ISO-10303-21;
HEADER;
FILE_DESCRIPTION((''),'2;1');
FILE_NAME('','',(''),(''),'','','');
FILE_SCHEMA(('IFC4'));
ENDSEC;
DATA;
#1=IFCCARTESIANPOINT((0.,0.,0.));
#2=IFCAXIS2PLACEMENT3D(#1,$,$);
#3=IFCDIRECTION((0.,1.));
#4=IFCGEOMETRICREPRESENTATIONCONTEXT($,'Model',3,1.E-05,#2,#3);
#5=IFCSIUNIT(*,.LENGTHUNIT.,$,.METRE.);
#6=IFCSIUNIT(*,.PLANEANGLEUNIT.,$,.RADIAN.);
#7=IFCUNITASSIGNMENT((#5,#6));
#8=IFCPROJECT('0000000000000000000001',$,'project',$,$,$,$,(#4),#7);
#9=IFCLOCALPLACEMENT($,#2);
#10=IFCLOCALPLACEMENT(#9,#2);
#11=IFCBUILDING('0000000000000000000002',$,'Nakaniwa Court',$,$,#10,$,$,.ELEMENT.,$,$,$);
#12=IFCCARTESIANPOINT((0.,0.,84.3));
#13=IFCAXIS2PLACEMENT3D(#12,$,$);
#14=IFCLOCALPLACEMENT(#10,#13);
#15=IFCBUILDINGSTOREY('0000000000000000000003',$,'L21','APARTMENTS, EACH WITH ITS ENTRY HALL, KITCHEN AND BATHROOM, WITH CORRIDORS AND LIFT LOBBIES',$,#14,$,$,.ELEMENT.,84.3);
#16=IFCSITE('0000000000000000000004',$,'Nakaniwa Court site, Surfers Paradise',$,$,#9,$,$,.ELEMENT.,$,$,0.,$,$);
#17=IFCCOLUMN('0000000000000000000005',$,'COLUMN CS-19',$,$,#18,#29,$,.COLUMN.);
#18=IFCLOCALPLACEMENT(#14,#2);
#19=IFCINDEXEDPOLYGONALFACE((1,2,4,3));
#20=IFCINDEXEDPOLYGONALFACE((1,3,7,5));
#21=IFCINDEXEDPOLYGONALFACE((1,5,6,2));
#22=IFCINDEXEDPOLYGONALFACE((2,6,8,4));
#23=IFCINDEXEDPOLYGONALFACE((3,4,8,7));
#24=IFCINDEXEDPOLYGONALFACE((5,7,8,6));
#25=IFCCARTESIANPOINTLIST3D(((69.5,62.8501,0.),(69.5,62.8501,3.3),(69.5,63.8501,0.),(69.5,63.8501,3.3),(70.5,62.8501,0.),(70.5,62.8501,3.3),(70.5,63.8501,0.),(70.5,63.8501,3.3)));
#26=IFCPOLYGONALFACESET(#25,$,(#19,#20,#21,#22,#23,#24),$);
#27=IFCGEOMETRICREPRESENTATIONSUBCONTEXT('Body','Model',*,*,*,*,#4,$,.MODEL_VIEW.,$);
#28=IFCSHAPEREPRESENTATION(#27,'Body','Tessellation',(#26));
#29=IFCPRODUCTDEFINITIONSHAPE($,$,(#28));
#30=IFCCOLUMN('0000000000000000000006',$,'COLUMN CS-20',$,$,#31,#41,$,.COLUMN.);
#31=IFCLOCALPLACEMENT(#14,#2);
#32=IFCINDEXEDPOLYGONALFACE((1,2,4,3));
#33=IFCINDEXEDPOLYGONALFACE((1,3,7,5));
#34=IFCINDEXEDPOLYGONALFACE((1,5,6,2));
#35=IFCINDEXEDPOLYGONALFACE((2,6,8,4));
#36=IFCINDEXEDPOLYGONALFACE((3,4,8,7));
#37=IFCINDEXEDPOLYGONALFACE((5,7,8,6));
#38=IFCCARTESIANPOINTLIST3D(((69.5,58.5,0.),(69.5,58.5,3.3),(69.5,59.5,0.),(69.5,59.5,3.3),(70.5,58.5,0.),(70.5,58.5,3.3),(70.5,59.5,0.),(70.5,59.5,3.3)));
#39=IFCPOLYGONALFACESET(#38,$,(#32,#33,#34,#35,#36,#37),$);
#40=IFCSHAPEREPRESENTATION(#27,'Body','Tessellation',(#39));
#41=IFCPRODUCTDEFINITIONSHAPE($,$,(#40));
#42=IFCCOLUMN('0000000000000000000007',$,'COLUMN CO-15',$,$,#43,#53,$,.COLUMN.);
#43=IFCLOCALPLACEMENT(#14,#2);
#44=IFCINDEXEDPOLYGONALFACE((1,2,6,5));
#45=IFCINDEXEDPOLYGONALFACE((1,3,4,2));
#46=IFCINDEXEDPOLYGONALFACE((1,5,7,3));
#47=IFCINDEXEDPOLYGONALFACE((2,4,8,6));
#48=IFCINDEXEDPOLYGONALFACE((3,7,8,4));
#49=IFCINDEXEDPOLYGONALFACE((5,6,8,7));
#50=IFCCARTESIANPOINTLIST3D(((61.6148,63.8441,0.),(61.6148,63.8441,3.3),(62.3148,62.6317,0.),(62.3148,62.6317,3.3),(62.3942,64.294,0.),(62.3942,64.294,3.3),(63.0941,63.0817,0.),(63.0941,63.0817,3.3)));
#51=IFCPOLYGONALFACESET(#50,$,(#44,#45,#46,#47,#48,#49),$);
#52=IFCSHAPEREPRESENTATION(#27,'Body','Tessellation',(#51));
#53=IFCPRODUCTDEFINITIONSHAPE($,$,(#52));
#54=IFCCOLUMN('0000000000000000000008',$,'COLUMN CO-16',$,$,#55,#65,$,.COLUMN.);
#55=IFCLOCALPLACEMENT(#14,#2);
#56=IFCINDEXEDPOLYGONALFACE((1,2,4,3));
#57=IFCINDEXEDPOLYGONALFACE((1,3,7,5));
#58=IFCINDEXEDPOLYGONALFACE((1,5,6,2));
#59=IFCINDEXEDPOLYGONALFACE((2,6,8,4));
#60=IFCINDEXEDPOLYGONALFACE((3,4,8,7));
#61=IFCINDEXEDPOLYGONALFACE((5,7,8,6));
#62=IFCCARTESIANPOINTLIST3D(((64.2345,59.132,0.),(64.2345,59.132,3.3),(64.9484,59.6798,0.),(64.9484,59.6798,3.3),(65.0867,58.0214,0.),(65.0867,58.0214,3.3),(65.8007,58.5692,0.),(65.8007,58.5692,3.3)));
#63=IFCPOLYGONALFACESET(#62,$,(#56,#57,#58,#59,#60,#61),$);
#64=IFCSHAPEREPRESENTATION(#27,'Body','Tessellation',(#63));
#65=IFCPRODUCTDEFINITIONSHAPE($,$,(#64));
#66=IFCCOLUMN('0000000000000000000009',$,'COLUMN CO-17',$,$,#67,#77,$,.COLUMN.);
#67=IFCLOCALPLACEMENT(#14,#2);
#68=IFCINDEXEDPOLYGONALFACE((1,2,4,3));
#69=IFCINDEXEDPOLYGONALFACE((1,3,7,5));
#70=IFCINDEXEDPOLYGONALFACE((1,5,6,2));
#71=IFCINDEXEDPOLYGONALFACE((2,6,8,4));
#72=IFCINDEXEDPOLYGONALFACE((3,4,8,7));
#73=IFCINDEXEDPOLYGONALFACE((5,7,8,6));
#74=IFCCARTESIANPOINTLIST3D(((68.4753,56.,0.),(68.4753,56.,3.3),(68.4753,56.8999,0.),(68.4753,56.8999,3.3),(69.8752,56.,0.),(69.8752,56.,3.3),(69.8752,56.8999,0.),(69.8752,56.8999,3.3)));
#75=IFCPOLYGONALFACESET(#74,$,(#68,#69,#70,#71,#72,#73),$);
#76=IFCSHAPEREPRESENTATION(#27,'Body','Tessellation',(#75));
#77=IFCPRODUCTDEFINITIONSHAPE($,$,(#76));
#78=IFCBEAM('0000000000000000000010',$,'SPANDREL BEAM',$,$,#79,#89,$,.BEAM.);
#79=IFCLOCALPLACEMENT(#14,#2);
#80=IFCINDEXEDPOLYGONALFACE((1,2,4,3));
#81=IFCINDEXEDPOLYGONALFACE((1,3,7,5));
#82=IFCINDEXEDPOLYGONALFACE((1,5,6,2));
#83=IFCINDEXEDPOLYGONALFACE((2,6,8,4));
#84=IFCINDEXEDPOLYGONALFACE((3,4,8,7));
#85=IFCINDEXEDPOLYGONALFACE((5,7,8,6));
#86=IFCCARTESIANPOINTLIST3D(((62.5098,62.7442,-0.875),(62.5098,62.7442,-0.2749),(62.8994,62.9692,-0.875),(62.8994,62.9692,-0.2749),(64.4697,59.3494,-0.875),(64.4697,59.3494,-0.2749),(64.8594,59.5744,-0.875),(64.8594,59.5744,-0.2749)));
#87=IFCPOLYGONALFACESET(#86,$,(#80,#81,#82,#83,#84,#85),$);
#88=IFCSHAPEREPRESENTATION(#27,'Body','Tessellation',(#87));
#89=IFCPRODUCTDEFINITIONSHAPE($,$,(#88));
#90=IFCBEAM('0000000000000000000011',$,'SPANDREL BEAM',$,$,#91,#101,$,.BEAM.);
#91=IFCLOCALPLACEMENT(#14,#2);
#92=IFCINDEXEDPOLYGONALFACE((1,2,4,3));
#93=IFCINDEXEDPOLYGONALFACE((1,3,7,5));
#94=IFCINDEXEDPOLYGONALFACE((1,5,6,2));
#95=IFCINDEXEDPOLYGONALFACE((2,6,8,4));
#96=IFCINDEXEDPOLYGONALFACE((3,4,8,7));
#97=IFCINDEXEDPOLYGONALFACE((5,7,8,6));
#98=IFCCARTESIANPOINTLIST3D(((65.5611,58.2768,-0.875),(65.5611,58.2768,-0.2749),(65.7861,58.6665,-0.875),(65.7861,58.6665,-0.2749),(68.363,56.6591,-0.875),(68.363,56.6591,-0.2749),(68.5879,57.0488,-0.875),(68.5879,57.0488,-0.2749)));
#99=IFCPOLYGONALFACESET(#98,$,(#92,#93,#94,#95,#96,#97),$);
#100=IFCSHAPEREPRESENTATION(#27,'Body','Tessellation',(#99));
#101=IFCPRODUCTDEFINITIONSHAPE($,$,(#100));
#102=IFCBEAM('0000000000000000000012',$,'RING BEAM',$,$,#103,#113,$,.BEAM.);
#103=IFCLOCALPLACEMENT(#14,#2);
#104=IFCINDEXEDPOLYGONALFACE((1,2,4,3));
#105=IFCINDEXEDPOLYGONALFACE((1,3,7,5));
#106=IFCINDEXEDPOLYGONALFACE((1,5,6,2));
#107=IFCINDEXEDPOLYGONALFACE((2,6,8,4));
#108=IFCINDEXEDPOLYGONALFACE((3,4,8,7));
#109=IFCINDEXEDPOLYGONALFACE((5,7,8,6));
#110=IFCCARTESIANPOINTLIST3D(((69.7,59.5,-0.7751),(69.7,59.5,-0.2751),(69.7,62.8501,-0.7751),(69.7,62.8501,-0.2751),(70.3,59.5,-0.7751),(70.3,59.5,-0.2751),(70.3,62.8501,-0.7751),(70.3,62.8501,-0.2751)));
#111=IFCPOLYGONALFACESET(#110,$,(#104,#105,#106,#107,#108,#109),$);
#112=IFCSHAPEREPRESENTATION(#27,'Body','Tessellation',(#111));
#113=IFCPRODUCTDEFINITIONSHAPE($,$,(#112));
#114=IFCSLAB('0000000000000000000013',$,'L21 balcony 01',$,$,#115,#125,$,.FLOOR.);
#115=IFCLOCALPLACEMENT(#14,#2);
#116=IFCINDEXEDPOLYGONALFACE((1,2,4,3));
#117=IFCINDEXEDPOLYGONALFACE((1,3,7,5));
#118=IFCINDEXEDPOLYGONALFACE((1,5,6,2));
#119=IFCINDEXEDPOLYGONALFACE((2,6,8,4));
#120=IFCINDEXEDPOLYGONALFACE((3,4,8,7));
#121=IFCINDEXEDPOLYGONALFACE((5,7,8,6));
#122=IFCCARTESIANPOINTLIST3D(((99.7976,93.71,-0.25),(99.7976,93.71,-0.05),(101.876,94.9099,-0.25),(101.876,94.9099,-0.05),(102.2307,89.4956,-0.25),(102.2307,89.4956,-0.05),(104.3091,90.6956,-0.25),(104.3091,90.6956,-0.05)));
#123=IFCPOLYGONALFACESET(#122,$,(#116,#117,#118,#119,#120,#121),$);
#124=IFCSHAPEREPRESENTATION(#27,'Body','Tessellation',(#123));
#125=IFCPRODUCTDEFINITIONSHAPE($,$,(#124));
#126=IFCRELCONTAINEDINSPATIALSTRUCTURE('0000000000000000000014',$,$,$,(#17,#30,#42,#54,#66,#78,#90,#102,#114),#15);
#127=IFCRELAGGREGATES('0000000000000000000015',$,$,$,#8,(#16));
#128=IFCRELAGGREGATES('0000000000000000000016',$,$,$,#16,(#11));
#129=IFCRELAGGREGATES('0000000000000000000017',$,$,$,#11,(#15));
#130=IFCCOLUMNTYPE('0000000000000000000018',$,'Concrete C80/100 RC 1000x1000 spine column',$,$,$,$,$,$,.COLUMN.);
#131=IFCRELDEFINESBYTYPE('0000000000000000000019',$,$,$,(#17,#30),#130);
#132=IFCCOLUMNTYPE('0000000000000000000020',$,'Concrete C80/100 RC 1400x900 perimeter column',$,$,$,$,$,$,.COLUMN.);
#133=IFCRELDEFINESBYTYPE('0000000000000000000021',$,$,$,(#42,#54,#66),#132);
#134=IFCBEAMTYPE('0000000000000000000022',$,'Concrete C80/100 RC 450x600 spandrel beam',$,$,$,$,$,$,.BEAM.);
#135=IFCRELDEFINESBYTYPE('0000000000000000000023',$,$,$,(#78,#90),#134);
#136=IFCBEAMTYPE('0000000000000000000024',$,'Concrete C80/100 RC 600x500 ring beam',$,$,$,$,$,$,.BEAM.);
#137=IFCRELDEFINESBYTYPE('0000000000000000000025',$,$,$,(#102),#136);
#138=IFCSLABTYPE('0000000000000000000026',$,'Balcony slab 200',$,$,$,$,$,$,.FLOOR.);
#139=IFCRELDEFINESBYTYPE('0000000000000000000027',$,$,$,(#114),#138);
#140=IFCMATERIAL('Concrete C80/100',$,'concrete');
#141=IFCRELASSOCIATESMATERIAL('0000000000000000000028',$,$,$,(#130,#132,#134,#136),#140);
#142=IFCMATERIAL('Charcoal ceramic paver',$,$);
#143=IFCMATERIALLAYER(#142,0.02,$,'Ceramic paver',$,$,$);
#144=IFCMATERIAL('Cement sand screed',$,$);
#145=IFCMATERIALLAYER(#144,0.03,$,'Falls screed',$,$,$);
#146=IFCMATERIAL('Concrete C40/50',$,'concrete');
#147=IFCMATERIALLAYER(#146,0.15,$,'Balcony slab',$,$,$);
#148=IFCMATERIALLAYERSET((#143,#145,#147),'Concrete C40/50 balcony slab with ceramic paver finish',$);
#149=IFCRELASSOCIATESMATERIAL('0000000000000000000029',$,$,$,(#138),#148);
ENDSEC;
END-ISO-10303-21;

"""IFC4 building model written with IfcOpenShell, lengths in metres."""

from ifc_helpers import new_model, si_unit, direction, frame, origin, origin_2d, place, context, subcontext, project, spatial, polyline, rectangle, outline, extrude, material, layer, layer_set, material_profile, profile_set, type_object, element, save


model = new_model("IFC4")

# Units and contexts
model_context = context("Model", 3, precision=1e-05, world=origin(), true_north=direction((0.0, 1.0)))
body_context = subcontext(model_context, "Body", "Model", "MODEL_VIEW")
ifc_project = project(units=[si_unit("LENGTHUNIT", "METRE"), si_unit("PLANEANGLEUNIT", "RADIAN")], contexts=[model_context])

# Site, building, storey
site_placement = place(None, origin())
site = spatial("IfcSite", under=ifc_project, at=site_placement, Name="Nakaniwa Court site, Surfers Paradise", CompositionType="ELEMENT", RefElevation=0.0)
building_placement = place(site_placement, origin())
building = spatial("IfcBuilding", under=site, at=building_placement, Name="Nakaniwa Court", CompositionType="ELEMENT")
storey_placement = place(building_placement, frame((0.0, 0.0, 84.3)))
storey = spatial("IfcBuildingStorey", under=building, at=storey_placement, Name="L21", Description="APARTMENTS, EACH WITH ITS ENTRY HALL, KITCHEN AND BATHROOM, WITH CORRIDORS AND LIFT LOBBIES", CompositionType="ELEMENT", Elevation=84.3)

# Columns
ifc_material_1 = material(Name="Concrete C80/100", Category="concrete")
ifc_material_profile_1 = material_profile(ifc_material_1, rectangle(XDim=1.0, YDim=1.0, at=origin_2d()), Name="Concrete C80/100 RC 1000x1000 spine column")
ifc_profile_set_1 = profile_set([ifc_material_profile_1], Name="Concrete C80/100")
column_type_1 = type_object("IfcColumnType", Name="Concrete C80/100 RC 1000x1000 spine column", PredefinedType="COLUMN", material=ifc_profile_set_1)
for number, where, z_axis, x_axis, name in (
    (1, (70.0, 63.3501, 0.0), (0.0, 0.0, 1.0), (0.0, -1.0, 0.0), "COLUMN CS-19"),
    (2, (70.0, 59.0, 0.0), (0.0, 0.0, 1.0), (0.0, -1.0, 0.0), "COLUMN CS-20"),
):
    element("IfcColumn", number, at=place(storey_placement, frame(where, z_axis=z_axis, x_axis=x_axis)), inside=storey, type_object=column_type_1, Name=name, PredefinedType="COLUMN", context=body_context, shape_type="SweptSolid", body=[
        extrude(rectangle(XDim=1.0, YDim=1.0, at=origin_2d()), origin(), (0.0, 0.0, 1.0), 3.3),
    ])
ifc_material_profile_2 = material_profile(ifc_material_1, rectangle(XDim=1.3999, YDim=0.8999, at=origin_2d()), Name="Concrete C80/100 RC 1400x900 perimeter column")
ifc_profile_set_2 = profile_set([ifc_material_profile_2], Name="Concrete C80/100")
column_type_2 = type_object("IfcColumnType", Name="Concrete C80/100 RC 1400x900 perimeter column", PredefinedType="COLUMN", material=ifc_profile_set_2)
for number, where, z_axis, x_axis, name in (
    (3, (62.3545, 63.4629, 0.0), (0.0, 0.0, 1.0), (0.5, -0.866025, 0.0), "COLUMN CO-15"),
    (4, (65.0176, 58.8506, 0.0), (0.0, 0.0, 1.0), (0.608761, -0.793353, 0.0), "COLUMN CO-16"),
    (5, (69.1753, 56.45, 0.0), (0.0, 0.0, 1.0), (1.0, 0.0, 0.0), "COLUMN CO-17"),
):
    element("IfcColumn", number, at=place(storey_placement, frame(where, z_axis=z_axis, x_axis=x_axis)), inside=storey, type_object=column_type_2, Name=name, PredefinedType="COLUMN", context=body_context, shape_type="SweptSolid", body=[
        extrude(rectangle(XDim=1.3999, YDim=0.8999, at=origin_2d()), origin(), (0.0, 0.0, 1.0), 3.3),
    ])

# Beams
ifc_material_profile_3 = material_profile(ifc_material_1, rectangle(XDim=0.45, YDim=0.6001, at=origin_2d()), Name="Concrete C80/100 RC 450x600 spandrel beam")
ifc_profile_set_3 = profile_set([ifc_material_profile_3], Name="Concrete C80/100")
beam_type_1 = type_object("IfcBeamType", Name="Concrete C80/100 RC 450x600 spandrel beam", PredefinedType="BEAM", material=ifc_profile_set_3)
beam_1_placement = place(storey_placement, frame((62.7046, 62.8567, -0.575), z_axis=(0.499997, -0.866027, 0.0), x_axis=(0.866027, 0.499997, 0.0)))
element("IfcBeam", 6, at=beam_1_placement, inside=storey, type_object=beam_type_1, Name="SPANDREL BEAM", PredefinedType="BEAM", context=body_context, shape_type="SweptSolid", body=[
    extrude(rectangle(XDim=0.45, YDim=0.6001, at=origin_2d()), origin(), (0.0, 0.0, 1.0), 3.9199),
])
beam_2_placement = place(storey_placement, frame((65.6736, 58.4717, -0.575), z_axis=(0.866015, -0.500019, 0.0), x_axis=(0.500019, 0.866015, 0.0)))
element("IfcBeam", 7, at=beam_2_placement, inside=storey, type_object=beam_type_1, Name="SPANDREL BEAM", PredefinedType="BEAM", context=body_context, shape_type="SweptSolid", body=[
    extrude(rectangle(XDim=0.45, YDim=0.6001, at=origin_2d()), origin(), (0.0, 0.0, 1.0), 3.2354),
])
ifc_material_profile_4 = material_profile(ifc_material_1, rectangle(XDim=0.6001, YDim=0.5, at=origin_2d()), Name="Concrete C80/100 RC 600x500 ring beam")
ifc_profile_set_4 = profile_set([ifc_material_profile_4], Name="Concrete C80/100")
beam_type_2 = type_object("IfcBeamType", Name="Concrete C80/100 RC 600x500 ring beam", PredefinedType="BEAM", material=ifc_profile_set_4)
beam_3_placement = place(storey_placement, frame((70.0, 62.8501, -0.5251), z_axis=(0.0, -1.0, 0.0), x_axis=(1.0, 0.0, 0.0)))
element("IfcBeam", 8, at=beam_3_placement, inside=storey, type_object=beam_type_2, Name="RING BEAM", PredefinedType="BEAM", context=body_context, shape_type="SweptSolid", body=[
    extrude(rectangle(XDim=0.6001, YDim=0.5, at=origin_2d()), origin(), (0.0, 0.0, 1.0), 3.3501),
])

# Slab
ifc_material_2 = material(Name="Charcoal ceramic paver")
ifc_layer_1 = layer(ifc_material_2, 0.02, Name="Ceramic paver")
ifc_material_3 = material(Name="Cement sand screed")
ifc_layer_2 = layer(ifc_material_3, 0.03, Name="Falls screed")
ifc_material_4 = material(Name="Concrete C40/50", Category="concrete")
ifc_layer_3 = layer(ifc_material_4, 0.15, Name="Balcony slab")
ifc_layer_set_1 = layer_set([ifc_layer_1, ifc_layer_2, ifc_layer_3], Name="Concrete C40/50 balcony slab with ceramic paver finish")
slab_type_1 = type_object("IfcSlabType", Name="Balcony slab 200", PredefinedType="FLOOR", material=ifc_layer_set_1)
slab_1_placement = place(storey_placement, frame((0.0, 0.0, -0.25)))
element("IfcSlab", 9, at=slab_1_placement, inside=storey, type_object=slab_type_1, Name="L21 balcony 01", PredefinedType="FLOOR", context=body_context, shape_type="SweptSolid", body=[
    extrude(outline(polyline([(102.2307, 89.4956), (99.7976, 93.71), (101.876, 94.9099), (104.3091, 90.6956), (102.2307, 89.4956)])), origin(), (0.0, 0.0, 1.0), 0.2),
])

save(model, "model.ifc")
